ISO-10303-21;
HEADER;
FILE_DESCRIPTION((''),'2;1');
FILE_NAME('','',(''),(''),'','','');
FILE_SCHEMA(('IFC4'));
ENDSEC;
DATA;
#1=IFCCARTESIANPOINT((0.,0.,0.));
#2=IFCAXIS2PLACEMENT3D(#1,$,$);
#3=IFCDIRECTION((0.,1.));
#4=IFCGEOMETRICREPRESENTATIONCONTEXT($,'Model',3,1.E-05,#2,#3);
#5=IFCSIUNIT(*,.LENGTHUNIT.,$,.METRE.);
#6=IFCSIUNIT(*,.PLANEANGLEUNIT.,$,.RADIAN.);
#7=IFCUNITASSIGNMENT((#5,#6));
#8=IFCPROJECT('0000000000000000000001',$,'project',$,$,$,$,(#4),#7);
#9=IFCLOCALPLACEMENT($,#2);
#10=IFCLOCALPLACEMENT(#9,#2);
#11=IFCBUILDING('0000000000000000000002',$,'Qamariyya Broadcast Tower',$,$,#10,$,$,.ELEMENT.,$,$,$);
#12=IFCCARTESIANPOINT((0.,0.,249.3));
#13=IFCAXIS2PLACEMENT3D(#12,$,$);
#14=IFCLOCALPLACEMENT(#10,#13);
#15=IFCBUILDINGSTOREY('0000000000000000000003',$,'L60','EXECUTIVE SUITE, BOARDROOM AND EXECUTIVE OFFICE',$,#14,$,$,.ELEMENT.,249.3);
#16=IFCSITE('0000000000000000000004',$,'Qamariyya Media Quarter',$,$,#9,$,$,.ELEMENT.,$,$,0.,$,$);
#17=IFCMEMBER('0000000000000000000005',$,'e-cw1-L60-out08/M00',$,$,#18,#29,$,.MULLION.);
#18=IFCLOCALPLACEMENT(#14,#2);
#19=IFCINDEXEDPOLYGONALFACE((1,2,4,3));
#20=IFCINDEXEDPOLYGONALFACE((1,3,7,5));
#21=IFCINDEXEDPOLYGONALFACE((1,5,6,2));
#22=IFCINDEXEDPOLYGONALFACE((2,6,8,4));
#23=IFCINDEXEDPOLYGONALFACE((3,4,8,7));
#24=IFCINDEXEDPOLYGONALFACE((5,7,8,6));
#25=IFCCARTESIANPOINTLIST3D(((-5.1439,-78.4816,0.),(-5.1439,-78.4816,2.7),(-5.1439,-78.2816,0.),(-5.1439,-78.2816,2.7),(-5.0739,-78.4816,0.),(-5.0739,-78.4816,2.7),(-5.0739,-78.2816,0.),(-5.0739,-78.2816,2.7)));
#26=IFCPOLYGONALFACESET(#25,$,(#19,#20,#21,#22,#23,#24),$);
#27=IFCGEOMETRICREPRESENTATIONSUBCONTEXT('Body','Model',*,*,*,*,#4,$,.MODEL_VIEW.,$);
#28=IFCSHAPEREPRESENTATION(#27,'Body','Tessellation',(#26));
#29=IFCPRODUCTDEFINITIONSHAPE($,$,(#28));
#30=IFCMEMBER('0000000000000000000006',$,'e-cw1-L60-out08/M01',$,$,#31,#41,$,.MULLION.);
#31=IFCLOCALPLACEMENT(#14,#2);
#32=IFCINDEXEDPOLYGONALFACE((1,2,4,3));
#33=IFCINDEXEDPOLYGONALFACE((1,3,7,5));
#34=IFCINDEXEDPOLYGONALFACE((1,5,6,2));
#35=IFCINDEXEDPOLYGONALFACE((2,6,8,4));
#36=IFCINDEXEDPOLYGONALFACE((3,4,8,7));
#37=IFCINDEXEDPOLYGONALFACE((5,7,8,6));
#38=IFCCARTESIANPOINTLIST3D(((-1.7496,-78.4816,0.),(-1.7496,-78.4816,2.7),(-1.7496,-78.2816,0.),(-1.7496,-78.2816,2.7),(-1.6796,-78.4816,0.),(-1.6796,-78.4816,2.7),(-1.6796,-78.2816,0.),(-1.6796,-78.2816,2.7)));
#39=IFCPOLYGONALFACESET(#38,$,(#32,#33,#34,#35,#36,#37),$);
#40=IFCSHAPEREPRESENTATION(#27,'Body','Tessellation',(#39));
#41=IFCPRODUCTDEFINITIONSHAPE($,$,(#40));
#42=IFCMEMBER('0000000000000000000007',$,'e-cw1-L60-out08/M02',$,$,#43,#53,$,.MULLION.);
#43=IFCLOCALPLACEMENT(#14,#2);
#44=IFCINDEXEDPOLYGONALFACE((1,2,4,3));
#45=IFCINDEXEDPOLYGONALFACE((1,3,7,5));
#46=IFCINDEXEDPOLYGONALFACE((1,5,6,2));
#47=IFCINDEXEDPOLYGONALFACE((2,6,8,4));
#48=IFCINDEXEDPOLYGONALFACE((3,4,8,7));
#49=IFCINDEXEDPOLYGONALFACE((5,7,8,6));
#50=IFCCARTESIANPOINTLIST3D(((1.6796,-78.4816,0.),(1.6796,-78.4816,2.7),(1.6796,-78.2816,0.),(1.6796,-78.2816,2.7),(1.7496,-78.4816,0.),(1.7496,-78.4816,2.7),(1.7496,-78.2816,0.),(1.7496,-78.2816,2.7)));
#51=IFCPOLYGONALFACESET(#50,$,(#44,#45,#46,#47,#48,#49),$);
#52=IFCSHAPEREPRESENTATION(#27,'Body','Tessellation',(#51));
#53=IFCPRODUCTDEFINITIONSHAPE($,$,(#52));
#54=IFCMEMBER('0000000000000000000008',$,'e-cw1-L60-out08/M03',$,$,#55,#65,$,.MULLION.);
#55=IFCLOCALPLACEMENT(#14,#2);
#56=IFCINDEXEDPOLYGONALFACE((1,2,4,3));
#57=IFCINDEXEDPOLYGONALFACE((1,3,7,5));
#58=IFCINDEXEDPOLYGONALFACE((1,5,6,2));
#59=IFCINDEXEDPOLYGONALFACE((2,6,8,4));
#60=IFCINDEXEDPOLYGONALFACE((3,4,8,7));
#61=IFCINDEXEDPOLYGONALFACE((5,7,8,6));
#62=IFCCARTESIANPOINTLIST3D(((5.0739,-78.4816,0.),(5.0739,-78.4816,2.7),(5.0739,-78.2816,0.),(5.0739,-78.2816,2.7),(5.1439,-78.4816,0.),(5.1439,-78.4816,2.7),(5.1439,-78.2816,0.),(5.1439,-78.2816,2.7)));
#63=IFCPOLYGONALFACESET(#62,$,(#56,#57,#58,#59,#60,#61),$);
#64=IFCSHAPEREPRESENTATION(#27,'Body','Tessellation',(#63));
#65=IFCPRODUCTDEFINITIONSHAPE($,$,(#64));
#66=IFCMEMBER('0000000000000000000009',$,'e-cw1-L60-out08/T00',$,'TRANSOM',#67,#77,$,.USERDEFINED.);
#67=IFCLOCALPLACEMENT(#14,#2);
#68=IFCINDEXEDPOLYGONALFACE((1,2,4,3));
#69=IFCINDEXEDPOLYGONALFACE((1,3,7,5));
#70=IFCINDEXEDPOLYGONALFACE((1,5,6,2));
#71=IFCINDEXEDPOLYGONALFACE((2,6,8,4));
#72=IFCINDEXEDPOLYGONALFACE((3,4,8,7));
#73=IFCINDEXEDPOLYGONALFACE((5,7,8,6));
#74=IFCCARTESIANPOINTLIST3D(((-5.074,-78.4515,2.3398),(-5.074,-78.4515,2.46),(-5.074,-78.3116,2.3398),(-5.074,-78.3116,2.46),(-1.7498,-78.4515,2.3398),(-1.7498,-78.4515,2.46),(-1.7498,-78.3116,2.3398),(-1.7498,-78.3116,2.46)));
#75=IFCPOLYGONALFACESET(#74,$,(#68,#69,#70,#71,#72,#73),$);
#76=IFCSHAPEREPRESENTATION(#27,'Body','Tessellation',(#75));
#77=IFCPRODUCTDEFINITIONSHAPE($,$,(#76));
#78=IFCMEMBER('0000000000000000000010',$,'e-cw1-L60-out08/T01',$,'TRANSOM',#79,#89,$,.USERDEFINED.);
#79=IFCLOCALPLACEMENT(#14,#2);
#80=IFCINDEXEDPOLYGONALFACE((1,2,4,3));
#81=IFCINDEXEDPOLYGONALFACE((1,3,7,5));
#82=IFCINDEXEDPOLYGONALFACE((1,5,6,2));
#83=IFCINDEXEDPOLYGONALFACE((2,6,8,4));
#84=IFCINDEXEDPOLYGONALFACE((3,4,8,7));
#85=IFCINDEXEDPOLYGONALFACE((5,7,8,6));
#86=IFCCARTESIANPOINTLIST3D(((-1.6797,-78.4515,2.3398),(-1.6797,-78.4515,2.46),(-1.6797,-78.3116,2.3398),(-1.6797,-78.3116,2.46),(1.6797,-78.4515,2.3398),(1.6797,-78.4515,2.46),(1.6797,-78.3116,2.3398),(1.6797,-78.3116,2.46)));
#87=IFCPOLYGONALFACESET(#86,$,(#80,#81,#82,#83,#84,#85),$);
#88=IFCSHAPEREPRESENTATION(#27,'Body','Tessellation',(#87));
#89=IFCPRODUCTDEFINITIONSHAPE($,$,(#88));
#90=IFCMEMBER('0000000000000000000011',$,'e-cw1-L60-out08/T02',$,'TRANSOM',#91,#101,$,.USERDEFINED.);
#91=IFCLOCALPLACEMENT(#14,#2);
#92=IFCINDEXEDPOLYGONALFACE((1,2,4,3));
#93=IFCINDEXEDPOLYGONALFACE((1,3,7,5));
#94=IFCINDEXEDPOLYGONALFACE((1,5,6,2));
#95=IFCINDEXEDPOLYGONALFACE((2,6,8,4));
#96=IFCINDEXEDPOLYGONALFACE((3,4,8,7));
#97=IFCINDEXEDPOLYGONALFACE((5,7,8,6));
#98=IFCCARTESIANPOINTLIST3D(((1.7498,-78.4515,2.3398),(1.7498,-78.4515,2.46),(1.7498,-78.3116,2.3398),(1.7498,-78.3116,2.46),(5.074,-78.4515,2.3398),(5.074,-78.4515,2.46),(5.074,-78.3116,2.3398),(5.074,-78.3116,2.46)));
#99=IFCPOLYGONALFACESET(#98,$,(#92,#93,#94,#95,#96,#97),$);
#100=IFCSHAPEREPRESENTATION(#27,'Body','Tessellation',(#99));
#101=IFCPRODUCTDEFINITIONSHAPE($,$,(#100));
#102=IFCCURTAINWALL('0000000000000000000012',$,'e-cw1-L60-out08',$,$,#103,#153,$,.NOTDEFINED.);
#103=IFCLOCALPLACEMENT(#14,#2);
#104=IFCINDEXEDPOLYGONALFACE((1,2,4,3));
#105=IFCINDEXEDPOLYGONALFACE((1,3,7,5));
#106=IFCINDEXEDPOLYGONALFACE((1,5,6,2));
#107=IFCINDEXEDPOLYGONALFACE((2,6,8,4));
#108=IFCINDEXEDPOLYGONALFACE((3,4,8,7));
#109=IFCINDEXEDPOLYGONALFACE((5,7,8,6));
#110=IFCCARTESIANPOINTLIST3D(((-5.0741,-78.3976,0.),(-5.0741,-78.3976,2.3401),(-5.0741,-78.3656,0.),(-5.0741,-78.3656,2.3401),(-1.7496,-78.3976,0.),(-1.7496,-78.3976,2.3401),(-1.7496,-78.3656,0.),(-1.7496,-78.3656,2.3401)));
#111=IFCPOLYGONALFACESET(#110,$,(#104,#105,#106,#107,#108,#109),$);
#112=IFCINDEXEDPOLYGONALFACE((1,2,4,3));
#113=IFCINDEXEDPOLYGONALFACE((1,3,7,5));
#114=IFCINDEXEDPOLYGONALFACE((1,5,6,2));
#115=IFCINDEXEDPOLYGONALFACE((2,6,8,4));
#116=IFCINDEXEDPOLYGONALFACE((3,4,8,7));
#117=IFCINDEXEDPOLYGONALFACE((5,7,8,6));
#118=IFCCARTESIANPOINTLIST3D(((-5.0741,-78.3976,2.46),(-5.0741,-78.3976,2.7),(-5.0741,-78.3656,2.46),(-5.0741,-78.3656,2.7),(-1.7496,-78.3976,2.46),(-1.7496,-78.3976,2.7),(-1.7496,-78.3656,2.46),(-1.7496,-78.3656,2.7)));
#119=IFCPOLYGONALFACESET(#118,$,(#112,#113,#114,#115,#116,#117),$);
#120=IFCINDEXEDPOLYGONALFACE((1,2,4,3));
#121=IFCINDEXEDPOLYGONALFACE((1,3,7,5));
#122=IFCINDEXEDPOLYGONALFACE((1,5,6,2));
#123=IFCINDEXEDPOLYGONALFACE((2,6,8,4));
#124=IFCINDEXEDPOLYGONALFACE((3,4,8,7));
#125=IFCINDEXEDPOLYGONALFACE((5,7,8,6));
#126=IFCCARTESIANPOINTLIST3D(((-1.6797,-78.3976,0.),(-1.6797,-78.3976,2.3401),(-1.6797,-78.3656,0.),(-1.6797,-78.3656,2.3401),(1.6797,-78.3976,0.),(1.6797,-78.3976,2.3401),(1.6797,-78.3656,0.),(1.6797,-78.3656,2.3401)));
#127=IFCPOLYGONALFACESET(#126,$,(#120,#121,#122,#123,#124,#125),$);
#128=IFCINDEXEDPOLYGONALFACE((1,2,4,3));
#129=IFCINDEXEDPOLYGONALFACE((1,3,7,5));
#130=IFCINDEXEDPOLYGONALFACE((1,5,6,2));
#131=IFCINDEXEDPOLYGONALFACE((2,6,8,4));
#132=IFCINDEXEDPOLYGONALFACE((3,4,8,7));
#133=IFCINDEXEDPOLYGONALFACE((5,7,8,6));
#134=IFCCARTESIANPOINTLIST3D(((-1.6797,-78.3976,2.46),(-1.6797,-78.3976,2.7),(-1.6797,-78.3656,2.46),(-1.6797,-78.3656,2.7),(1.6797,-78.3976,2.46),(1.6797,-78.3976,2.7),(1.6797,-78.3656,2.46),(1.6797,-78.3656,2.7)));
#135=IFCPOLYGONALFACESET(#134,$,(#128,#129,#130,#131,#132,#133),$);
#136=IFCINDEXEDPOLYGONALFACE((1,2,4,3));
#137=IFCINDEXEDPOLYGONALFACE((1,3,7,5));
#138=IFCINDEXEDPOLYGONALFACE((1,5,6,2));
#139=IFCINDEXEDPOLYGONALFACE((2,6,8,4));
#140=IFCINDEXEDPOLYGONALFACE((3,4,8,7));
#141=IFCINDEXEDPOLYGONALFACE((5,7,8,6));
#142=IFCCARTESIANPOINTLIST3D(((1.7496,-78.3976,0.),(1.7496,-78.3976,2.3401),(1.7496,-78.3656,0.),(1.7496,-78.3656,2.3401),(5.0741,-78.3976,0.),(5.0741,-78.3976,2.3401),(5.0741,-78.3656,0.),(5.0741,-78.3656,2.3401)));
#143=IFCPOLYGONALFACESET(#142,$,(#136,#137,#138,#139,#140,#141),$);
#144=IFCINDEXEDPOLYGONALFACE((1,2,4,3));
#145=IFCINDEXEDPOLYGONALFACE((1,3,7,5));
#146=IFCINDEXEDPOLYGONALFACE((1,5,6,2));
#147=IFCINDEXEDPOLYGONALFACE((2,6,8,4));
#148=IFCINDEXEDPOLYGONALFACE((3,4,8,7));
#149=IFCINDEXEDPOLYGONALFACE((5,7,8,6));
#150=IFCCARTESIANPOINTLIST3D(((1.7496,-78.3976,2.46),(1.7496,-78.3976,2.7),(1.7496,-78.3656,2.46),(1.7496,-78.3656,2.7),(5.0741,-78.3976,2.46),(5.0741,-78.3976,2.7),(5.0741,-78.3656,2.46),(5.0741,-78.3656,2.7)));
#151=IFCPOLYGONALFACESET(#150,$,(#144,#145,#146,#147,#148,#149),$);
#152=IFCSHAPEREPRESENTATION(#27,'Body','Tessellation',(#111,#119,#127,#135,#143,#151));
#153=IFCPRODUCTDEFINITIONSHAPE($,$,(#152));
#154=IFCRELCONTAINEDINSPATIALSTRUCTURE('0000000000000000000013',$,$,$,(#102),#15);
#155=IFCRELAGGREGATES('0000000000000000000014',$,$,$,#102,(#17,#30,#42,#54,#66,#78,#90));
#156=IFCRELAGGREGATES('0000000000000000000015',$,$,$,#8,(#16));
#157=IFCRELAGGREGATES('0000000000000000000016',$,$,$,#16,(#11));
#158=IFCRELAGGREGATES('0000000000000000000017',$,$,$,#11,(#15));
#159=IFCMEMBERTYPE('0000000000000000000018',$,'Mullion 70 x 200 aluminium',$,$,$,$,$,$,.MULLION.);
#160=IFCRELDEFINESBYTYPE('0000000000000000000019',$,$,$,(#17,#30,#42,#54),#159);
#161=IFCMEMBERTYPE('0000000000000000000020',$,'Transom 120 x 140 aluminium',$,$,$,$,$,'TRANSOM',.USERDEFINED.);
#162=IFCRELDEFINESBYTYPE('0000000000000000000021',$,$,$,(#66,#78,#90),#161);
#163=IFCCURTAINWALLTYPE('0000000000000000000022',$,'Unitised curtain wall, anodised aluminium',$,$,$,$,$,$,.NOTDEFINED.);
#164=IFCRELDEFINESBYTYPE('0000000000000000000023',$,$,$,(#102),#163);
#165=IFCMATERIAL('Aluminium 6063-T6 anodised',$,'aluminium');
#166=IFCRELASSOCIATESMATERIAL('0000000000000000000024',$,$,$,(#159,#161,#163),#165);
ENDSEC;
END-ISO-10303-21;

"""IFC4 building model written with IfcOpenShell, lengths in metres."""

from ifc_helpers import new_model, si_unit, direction, frame, origin, origin_2d, place, context, subcontext, project, spatial, rectangle, extrude, material, material_profile, profile_set, type_object, element, aggregate, save


model = new_model("IFC4")

# Units and contexts
model_context = context("Model", 3, precision=1e-05, world=origin(), true_north=direction((0.0, 1.0)))
body_context = subcontext(model_context, "Body", "Model", "MODEL_VIEW")
ifc_project = project(units=[si_unit("LENGTHUNIT", "METRE"), si_unit("PLANEANGLEUNIT", "RADIAN")], contexts=[model_context])

# Members
ifc_material = material(Name="Aluminium 6063-T6 anodised", Category="aluminium")
ifc_material_profile_1 = material_profile(ifc_material, rectangle(XDim=0.2, YDim=0.0701, at=origin_2d()))
ifc_profile_set_1 = profile_set([ifc_material_profile_1], Name="Aluminium 6063-T6 anodised")
member_type_1 = type_object("IfcMemberType", Name="Mullion 70 x 200 aluminium", PredefinedType="MULLION", material=ifc_profile_set_1)
site_placement = place(None, origin())
building_placement = place(site_placement, origin())
storey_placement = place(building_placement, frame((0.0, 0.0, 249.3)))
member_1_placement = place(storey_placement, frame((-5.1089, -78.3816, 0.0), z_axis=(0.0, 0.0, 1.0), x_axis=(0.0, 1.0, 0.0)))
member_1 = element("IfcMember", 1, at=member_1_placement, type_object=member_type_1, Name="e-cw1-L60-out08/M00", PredefinedType="MULLION", context=body_context, shape_type="SweptSolid", body=[
    extrude(rectangle(XDim=0.2, YDim=0.0701, at=origin_2d()), origin(), (0.0, 0.0, 1.0), 2.7),
])
member_2_placement = place(storey_placement, frame((-1.7146, -78.3816, 0.0), z_axis=(0.0, 0.0, 1.0), x_axis=(0.0, 1.0, 0.0)))
member_2 = element("IfcMember", 2, at=member_2_placement, type_object=member_type_1, Name="e-cw1-L60-out08/M01", PredefinedType="MULLION", context=body_context, shape_type="SweptSolid", body=[
    extrude(rectangle(XDim=0.2, YDim=0.0701, at=origin_2d()), origin(), (0.0, 0.0, 1.0), 2.7),
])
member_3_placement = place(storey_placement, frame((1.7146, -78.3816, 0.0), z_axis=(0.0, 0.0, 1.0), x_axis=(0.0, 1.0, 0.0)))
member_3 = element("IfcMember", 3, at=member_3_placement, type_object=member_type_1, Name="e-cw1-L60-out08/M02", PredefinedType="MULLION", context=body_context, shape_type="SweptSolid", body=[
    extrude(rectangle(XDim=0.2, YDim=0.0701, at=origin_2d()), origin(), (0.0, 0.0, 1.0), 2.7),
])
member_4_placement = place(storey_placement, frame((5.1089, -78.3816, 0.0), z_axis=(0.0, 0.0, 1.0), x_axis=(0.0, 1.0, 0.0)))
member_4 = element("IfcMember", 4, at=member_4_placement, type_object=member_type_1, Name="e-cw1-L60-out08/M03", PredefinedType="MULLION", context=body_context, shape_type="SweptSolid", body=[
    extrude(rectangle(XDim=0.2, YDim=0.0701, at=origin_2d()), origin(), (0.0, 0.0, 1.0), 2.7),
])
ifc_material_profile_2 = material_profile(ifc_material, rectangle(XDim=0.1399, YDim=0.1201, at=origin_2d()))
ifc_profile_set_2 = profile_set([ifc_material_profile_2], Name="Aluminium 6063-T6 anodised")
member_type_2 = type_object("IfcMemberType", Name="Transom 120 x 140 aluminium", ElementType="TRANSOM", PredefinedType="USERDEFINED", material=ifc_profile_set_2)
member_5_placement = place(storey_placement, frame((-5.074, -78.3816, 2.3999), z_axis=(1.0, 0.0, 0.0), x_axis=(0.0, 1.0, 0.0)))
member_5 = element("IfcMember", 5, at=member_5_placement, type_object=member_type_2, Name="e-cw1-L60-out08/T00", ObjectType="TRANSOM", PredefinedType="USERDEFINED", context=body_context, shape_type="SweptSolid", body=[
    extrude(rectangle(XDim=0.1399, YDim=0.1201, at=origin_2d()), origin(), (0.0, 0.0, 1.0), 3.3242),
])
member_6_placement = place(storey_placement, frame((-1.6797, -78.3816, 2.3999), z_axis=(1.0, 0.0, 0.0), x_axis=(0.0, 1.0, 0.0)))
member_6 = element("IfcMember", 6, at=member_6_placement, type_object=member_type_2, Name="e-cw1-L60-out08/T01", ObjectType="TRANSOM", PredefinedType="USERDEFINED", context=body_context, shape_type="SweptSolid", body=[
    extrude(rectangle(XDim=0.1399, YDim=0.1201, at=origin_2d()), origin(), (0.0, 0.0, 1.0), 3.3594),
])
member_7_placement = place(storey_placement, frame((1.7498, -78.3816, 2.3999), z_axis=(1.0, 0.0, 0.0), x_axis=(0.0, 1.0, 0.0)))
member_7 = element("IfcMember", 7, at=member_7_placement, type_object=member_type_2, Name="e-cw1-L60-out08/T02", ObjectType="TRANSOM", PredefinedType="USERDEFINED", context=body_context, shape_type="SweptSolid", body=[
    extrude(rectangle(XDim=0.1399, YDim=0.1201, at=origin_2d()), origin(), (0.0, 0.0, 1.0), 3.3242),
])

# Site, building, storey
site = spatial("IfcSite", under=ifc_project, at=site_placement, Name="Qamariyya Media Quarter", CompositionType="ELEMENT", RefElevation=0.0)
building = spatial("IfcBuilding", under=site, at=building_placement, Name="Qamariyya Broadcast Tower", CompositionType="ELEMENT")
storey = spatial("IfcBuildingStorey", under=building, at=storey_placement, Name="L60", Description="EXECUTIVE SUITE, BOARDROOM AND EXECUTIVE OFFICE", CompositionType="ELEMENT", Elevation=249.3)

# Curtain wall
curtain_wall_type = type_object("IfcCurtainWallType", Name="Unitised curtain wall, anodised aluminium", PredefinedType="NOTDEFINED", material=ifc_material)
curtain_wall_1_placement = place(storey_placement, origin())
curtain_wall_1 = element("IfcCurtainWall", 8, at=curtain_wall_1_placement, inside=storey, type_object=curtain_wall_type, Name="e-cw1-L60-out08", PredefinedType="NOTDEFINED", context=body_context, shape_type="SweptSolid", body=[
    extrude(rectangle(XDim=3.3245, YDim=0.032, at=origin_2d()), frame((-3.4119, -78.3816, 0.0), x_axis=(1.0, 0.0, 0.0)), (0.0, 0.0, 1.0), 2.3401),
    extrude(rectangle(XDim=3.3245, YDim=0.032, at=origin_2d()), frame((-3.4119, -78.3816, 2.46), x_axis=(1.0, 0.0, 0.0)), (0.0, 0.0, 1.0), 0.24),
    extrude(rectangle(XDim=3.3594, YDim=0.032, at=origin_2d()), frame((0.0, -78.3816, 0.0), x_axis=(1.0, 0.0, 0.0)), (0.0, 0.0, 1.0), 2.3401),
    extrude(rectangle(XDim=3.3594, YDim=0.032, at=origin_2d()), frame((0.0, -78.3816, 2.46), x_axis=(1.0, 0.0, 0.0)), (0.0, 0.0, 1.0), 0.24),
    extrude(rectangle(XDim=3.3245, YDim=0.032, at=origin_2d()), frame((3.4119, -78.3816, 0.0), x_axis=(1.0, 0.0, 0.0)), (0.0, 0.0, 1.0), 2.3401),
    extrude(rectangle(XDim=3.3245, YDim=0.032, at=origin_2d()), frame((3.4119, -78.3816, 2.46), x_axis=(1.0, 0.0, 0.0)), (0.0, 0.0, 1.0), 0.24),
])
aggregate(curtain_wall_1, [member_1, member_2, member_3, member_4, member_5, member_6, member_7])

save(model, "model.ifc")
